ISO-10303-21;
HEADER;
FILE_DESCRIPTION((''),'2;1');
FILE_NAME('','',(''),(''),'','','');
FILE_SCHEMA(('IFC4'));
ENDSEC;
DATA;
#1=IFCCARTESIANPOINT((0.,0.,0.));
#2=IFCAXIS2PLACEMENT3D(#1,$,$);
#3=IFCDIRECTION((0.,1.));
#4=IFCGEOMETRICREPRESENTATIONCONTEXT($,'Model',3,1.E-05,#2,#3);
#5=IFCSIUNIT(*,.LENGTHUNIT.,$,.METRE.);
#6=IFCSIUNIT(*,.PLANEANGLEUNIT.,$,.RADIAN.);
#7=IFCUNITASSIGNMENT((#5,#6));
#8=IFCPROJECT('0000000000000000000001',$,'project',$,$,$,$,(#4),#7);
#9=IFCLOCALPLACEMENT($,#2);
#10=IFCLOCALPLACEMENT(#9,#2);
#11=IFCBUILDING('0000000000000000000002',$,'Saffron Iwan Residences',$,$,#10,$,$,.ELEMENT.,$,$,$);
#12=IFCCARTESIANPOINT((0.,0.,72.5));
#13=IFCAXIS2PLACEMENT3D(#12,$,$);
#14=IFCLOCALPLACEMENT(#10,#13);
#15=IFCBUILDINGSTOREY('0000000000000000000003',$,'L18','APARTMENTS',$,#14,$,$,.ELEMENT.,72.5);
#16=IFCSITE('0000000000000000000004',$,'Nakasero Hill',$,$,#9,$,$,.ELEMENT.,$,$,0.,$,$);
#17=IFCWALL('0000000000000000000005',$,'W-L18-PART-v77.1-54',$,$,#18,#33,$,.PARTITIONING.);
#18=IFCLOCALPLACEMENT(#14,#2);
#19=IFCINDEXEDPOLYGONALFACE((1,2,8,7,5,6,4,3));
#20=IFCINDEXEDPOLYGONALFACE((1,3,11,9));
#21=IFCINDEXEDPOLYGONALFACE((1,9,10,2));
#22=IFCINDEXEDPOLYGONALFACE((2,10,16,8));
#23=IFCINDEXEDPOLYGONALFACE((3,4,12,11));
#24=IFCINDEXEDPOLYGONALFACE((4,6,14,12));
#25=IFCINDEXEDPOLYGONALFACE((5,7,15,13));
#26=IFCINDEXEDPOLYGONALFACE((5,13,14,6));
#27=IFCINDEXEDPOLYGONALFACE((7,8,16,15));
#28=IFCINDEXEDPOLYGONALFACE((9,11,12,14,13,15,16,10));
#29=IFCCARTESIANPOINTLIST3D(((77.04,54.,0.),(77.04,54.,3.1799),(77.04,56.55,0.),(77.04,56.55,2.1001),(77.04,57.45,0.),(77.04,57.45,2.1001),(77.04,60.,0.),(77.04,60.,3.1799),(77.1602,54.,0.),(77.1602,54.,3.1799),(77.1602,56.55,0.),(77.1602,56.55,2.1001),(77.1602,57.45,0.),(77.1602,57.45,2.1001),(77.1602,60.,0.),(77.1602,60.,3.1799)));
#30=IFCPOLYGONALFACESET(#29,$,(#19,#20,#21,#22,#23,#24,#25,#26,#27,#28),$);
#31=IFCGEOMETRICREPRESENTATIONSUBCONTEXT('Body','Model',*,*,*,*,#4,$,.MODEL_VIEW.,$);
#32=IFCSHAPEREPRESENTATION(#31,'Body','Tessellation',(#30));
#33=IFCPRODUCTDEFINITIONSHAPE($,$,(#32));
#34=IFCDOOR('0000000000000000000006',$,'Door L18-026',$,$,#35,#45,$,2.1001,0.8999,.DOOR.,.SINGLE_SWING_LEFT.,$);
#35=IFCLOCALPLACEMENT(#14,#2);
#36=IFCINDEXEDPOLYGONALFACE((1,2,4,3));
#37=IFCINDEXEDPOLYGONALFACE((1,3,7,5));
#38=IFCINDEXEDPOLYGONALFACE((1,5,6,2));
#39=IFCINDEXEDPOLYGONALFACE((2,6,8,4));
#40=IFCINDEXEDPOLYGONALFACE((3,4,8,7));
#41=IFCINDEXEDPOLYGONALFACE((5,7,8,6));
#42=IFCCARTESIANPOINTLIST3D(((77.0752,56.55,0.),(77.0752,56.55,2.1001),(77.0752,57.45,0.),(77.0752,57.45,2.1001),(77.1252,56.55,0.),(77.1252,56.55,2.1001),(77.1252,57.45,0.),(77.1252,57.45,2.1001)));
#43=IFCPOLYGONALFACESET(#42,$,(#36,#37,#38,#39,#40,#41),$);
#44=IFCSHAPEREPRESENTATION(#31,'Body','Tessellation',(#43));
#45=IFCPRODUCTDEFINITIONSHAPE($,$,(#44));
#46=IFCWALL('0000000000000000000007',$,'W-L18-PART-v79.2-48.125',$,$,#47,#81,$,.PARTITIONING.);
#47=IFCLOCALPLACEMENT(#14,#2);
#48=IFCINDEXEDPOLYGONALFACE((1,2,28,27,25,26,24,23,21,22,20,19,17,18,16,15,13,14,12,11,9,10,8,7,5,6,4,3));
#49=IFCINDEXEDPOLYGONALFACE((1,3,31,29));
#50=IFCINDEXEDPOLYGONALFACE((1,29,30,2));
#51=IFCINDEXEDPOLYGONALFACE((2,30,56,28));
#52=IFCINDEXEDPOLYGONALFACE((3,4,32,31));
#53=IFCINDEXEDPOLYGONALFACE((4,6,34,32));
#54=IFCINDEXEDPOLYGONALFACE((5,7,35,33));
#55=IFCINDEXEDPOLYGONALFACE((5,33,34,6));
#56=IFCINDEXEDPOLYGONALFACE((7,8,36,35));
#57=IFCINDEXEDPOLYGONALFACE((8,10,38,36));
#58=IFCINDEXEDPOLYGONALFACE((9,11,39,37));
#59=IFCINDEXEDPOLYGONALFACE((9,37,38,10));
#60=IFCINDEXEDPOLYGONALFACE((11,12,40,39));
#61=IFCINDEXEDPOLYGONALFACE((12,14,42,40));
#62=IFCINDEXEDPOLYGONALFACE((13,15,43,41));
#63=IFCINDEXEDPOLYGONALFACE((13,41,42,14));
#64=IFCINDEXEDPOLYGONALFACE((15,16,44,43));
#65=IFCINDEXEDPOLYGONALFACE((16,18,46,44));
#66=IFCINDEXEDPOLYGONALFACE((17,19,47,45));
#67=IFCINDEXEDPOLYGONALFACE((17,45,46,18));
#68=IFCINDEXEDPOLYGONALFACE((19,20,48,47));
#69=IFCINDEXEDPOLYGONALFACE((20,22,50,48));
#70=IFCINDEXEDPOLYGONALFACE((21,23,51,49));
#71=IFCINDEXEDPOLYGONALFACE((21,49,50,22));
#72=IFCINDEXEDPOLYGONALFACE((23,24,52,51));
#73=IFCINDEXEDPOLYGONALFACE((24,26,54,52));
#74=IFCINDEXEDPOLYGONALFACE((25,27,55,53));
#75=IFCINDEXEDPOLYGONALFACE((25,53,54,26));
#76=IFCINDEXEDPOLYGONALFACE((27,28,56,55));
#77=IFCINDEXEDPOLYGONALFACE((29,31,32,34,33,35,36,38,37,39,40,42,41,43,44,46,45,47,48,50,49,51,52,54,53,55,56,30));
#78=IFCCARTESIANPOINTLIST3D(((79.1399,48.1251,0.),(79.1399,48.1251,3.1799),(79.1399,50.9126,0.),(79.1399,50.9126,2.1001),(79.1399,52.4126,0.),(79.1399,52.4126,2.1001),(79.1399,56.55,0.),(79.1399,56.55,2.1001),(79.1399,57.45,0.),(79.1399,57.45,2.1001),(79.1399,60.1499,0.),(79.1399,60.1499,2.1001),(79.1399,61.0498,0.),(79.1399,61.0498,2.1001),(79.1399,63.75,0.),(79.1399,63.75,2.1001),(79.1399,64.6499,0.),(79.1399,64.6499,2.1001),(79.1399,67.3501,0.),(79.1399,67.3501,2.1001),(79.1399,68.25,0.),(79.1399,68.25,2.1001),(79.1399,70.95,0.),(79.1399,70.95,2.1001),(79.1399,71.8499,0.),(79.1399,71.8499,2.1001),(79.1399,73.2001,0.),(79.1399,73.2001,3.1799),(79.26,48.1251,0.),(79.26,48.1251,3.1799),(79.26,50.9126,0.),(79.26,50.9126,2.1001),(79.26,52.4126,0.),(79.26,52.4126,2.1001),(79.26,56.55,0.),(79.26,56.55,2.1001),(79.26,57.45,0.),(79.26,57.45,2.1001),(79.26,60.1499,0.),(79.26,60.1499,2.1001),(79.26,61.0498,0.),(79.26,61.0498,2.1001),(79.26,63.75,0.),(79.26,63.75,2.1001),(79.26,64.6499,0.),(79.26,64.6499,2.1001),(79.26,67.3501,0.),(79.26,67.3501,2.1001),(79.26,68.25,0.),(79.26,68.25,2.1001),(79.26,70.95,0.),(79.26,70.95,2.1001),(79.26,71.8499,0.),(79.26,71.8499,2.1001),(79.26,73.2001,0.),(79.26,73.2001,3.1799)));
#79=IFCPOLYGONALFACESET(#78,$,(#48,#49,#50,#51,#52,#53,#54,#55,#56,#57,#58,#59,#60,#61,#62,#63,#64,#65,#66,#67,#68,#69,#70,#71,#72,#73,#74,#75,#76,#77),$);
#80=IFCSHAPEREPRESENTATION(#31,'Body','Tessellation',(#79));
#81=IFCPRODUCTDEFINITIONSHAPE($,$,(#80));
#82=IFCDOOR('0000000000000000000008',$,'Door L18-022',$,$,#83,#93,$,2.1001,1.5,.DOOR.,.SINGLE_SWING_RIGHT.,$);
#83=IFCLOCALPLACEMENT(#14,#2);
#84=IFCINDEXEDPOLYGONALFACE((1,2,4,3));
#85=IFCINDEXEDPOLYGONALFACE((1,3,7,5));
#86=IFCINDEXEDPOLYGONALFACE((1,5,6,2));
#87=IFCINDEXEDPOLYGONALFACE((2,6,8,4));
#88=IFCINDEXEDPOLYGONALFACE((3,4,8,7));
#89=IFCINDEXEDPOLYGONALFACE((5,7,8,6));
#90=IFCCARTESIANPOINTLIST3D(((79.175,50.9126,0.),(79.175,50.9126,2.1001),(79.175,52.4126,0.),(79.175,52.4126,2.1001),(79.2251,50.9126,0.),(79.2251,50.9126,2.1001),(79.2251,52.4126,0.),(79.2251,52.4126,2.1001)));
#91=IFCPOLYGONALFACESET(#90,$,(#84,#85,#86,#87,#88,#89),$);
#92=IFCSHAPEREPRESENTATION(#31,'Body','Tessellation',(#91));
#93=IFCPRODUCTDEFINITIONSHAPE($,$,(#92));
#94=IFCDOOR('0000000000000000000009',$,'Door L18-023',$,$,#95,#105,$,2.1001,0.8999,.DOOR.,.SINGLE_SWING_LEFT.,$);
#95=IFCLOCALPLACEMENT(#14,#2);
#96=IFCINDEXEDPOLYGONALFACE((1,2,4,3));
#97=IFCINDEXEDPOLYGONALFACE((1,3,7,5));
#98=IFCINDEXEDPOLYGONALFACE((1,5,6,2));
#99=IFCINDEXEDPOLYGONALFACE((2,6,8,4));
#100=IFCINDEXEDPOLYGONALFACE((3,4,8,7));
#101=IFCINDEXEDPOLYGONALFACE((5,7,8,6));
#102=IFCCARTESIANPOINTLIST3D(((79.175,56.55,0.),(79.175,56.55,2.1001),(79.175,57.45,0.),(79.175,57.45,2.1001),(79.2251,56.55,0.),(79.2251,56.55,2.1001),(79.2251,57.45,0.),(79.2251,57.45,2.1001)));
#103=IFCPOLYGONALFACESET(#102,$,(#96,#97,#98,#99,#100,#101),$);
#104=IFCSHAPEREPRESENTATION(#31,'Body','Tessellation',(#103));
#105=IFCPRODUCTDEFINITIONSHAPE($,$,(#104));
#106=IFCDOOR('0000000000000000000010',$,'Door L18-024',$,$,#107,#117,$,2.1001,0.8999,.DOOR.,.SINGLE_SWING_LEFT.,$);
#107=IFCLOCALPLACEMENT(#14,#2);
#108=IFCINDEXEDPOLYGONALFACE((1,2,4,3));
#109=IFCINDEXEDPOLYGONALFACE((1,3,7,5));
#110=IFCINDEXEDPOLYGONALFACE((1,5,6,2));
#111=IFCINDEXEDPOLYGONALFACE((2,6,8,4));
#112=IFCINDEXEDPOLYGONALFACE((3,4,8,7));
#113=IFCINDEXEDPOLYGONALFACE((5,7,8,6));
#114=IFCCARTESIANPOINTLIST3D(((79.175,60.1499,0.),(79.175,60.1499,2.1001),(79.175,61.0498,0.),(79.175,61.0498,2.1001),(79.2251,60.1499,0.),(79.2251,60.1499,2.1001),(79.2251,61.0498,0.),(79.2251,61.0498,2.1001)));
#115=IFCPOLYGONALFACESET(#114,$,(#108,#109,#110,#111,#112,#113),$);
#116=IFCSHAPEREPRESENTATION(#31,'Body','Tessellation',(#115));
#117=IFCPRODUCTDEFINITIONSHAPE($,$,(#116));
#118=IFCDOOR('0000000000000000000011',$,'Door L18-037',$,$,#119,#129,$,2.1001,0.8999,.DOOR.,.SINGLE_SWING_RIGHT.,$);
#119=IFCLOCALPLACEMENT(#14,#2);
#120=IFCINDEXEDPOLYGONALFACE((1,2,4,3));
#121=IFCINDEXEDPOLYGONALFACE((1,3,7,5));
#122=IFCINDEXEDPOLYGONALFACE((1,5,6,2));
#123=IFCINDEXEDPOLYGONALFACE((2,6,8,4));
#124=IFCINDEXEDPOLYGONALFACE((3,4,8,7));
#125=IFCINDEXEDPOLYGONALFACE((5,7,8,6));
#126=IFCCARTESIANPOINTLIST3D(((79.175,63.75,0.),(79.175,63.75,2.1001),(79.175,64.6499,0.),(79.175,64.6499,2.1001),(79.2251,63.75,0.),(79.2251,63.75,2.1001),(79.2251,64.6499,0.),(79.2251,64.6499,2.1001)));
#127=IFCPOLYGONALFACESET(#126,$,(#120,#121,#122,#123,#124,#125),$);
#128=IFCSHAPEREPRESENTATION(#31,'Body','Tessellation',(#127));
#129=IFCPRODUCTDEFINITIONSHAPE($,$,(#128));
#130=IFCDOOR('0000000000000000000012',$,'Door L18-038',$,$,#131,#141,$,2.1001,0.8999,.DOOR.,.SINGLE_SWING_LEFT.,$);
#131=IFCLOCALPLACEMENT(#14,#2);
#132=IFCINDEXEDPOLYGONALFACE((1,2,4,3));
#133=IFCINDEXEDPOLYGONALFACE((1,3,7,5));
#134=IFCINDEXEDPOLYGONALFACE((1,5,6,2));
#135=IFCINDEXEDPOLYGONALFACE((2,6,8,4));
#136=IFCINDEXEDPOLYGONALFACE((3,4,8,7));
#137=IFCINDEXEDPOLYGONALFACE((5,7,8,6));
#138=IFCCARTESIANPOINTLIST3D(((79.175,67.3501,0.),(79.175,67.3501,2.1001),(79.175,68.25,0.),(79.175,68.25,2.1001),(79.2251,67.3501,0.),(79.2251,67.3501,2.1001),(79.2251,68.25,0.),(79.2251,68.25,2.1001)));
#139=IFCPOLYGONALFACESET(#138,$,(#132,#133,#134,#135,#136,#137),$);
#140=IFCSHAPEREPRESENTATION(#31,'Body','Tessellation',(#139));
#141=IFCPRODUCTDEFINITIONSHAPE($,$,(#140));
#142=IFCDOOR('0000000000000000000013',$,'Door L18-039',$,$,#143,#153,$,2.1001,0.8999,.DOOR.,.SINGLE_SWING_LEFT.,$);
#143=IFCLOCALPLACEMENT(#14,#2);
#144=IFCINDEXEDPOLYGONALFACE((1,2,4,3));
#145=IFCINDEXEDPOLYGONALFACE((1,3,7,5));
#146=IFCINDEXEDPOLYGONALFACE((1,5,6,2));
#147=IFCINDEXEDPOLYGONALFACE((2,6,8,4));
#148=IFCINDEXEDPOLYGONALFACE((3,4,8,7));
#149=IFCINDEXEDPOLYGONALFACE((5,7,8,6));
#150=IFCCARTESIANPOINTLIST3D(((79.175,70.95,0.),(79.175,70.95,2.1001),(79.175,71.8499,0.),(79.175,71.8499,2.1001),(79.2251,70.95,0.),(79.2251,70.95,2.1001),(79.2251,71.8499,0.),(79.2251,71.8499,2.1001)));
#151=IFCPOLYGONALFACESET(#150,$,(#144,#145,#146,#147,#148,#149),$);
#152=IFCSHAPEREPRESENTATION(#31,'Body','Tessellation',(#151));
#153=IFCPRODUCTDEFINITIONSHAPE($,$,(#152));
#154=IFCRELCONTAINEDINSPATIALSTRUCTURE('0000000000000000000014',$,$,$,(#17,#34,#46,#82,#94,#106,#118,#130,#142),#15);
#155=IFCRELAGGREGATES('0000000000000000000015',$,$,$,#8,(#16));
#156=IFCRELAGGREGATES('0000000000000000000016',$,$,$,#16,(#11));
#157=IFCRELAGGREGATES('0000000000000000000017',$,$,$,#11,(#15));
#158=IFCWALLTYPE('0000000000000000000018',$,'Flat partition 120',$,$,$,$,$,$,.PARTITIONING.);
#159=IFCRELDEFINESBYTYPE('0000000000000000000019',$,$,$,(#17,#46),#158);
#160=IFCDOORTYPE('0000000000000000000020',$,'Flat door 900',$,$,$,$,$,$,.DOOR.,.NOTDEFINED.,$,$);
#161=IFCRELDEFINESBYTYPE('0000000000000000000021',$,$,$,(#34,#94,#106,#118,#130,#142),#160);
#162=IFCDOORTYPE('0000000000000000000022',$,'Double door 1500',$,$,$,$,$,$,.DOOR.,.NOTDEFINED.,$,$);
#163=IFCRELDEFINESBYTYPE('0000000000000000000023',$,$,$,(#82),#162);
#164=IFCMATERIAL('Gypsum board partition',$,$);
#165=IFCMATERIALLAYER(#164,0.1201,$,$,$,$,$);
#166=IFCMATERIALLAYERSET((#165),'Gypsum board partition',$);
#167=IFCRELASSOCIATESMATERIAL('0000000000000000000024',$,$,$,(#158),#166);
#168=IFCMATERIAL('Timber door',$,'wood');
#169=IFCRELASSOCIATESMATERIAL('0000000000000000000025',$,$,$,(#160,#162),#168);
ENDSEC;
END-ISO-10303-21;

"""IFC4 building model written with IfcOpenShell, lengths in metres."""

from ifc_helpers import new_model, si_unit, direction, frame, frame_2d, origin, place, context, subcontext, project, spatial, rectangle, extrude, material, layer, layer_set, type_object, element, fill, save


model = new_model("IFC4")

# Units and contexts
model_context = context("Model", 3, precision=1e-05, world=origin(), true_north=direction((0.0, 1.0)))
body_context = subcontext(model_context, "Body", "Model", "MODEL_VIEW")
ifc_project = project(units=[si_unit("LENGTHUNIT", "METRE"), si_unit("PLANEANGLEUNIT", "RADIAN")], contexts=[model_context])

# Site, building, storey
site_placement = place(None, origin())
site = spatial("IfcSite", under=ifc_project, at=site_placement, Name="Nakasero Hill", CompositionType="ELEMENT", RefElevation=0.0)
building_placement = place(site_placement, origin())
building = spatial("IfcBuilding", under=site, at=building_placement, Name="Saffron Iwan Residences", CompositionType="ELEMENT")
storey_placement = place(building_placement, frame((0.0, 0.0, 72.5)))
storey = spatial("IfcBuildingStorey", under=building, at=storey_placement, Name="L18", Description="APARTMENTS", CompositionType="ELEMENT", Elevation=72.5)

# Shared definitions
ifc_material_1 = material(Name="Gypsum board partition")
ifc_layer_1 = layer(ifc_material_1, 0.1201)
ifc_layer_set_1 = layer_set([ifc_layer_1], Name="Gypsum board partition")
wall_type_1 = type_object("IfcWallType", Name="Flat partition 120", PredefinedType="PARTITIONING", material=ifc_layer_set_1)

# Wall, opening, door
wall_1_placement = place(storey_placement, frame((77.1001, 54.0, 0.0), z_axis=(0.0, 0.0, 1.0), x_axis=(0.0, 1.0, 0.0)))
wall_1 = element("IfcWall", 1, at=wall_1_placement, inside=storey, type_object=wall_type_1, Name="W-L18-PART-v77.1-54", PredefinedType="PARTITIONING", context=body_context, shape_type="SweptSolid", body=[
    extrude(rectangle(XDim=6.0, YDim=0.1201, at=frame_2d((3.0, 0.0))), origin(), (0.0, 0.0, 1.0), 3.1799),
])
opening_1_placement = place(wall_1_placement, frame((2.55, 0.0, 0.0)))
opening_1 = element("IfcOpeningElement", 2, at=opening_1_placement, cuts=wall_1, PredefinedType="OPENING", context=body_context, shape_type="SweptSolid", body=[
    extrude(rectangle(XDim=0.8999, YDim=2.1001, at=frame_2d((0.45, 1.05))), frame((0.0, 0.0701, 0.0), z_axis=(0.0, -1.0, 0.0), x_axis=(1.0, 0.0, 0.0)), (0.0, 0.0, 1.0), 0.1401),
])
ifc_material_2 = material(Name="Timber door", Category="wood")
door_type_1 = type_object("IfcDoorType", Name="Flat door 900", OperationType="NOTDEFINED", PredefinedType="DOOR", material=ifc_material_2)
door_1_placement = place(opening_1_placement, origin())
door_1 = element("IfcDoor", 3, at=door_1_placement, inside=storey, type_object=door_type_1, Name="Door L18-026", OperationType="SINGLE_SWING_LEFT", OverallHeight=2.1001, OverallWidth=0.8999, PredefinedType="DOOR", context=body_context, shape_type="SweptSolid", body=[
    extrude(rectangle(XDim=0.8999, YDim=2.1001, at=frame_2d((0.45, 1.05))), frame((0.0, 0.0249, 0.0), z_axis=(0.0, -1.0, 0.0), x_axis=(1.0, 0.0, 0.0)), (0.0, 0.0, 1.0), 0.05),
])
fill(opening_1, door_1)

# Wall, openings, doors
wall_2_placement = place(storey_placement, frame((79.2, 48.125, 0.0), z_axis=(0.0, 0.0, 1.0), x_axis=(0.0, 1.0, 0.0)))
wall_2 = element("IfcWall", 4, at=wall_2_placement, inside=storey, type_object=wall_type_1, Name="W-L18-PART-v79.2-48.125", PredefinedType="PARTITIONING", context=body_context, shape_type="SweptSolid", body=[
    extrude(rectangle(XDim=25.075, YDim=0.1201, at=frame_2d((12.5376, 0.0))), origin(), (0.0, 0.0, 1.0), 3.1799),
])
opening_2_placement = place(wall_2_placement, frame((2.7876, 0.0, 0.0)))
opening_2 = element("IfcOpeningElement", 5, at=opening_2_placement, cuts=wall_2, PredefinedType="OPENING", context=body_context, shape_type="SweptSolid", body=[
    extrude(rectangle(XDim=1.5, YDim=2.1001, at=frame_2d((0.75, 1.05))), frame((0.0, 0.0701, 0.0), z_axis=(0.0, -1.0, 0.0), x_axis=(1.0, 0.0, 0.0)), (0.0, 0.0, 1.0), 0.1401),
])
opening_3_placement = place(wall_2_placement, frame((8.425, 0.0, 0.0)))
opening_3 = element("IfcOpeningElement", 6, at=opening_3_placement, cuts=wall_2, PredefinedType="OPENING", context=body_context, shape_type="SweptSolid", body=[
    extrude(rectangle(XDim=0.8999, YDim=2.1001, at=frame_2d((0.45, 1.05))), frame((0.0, 0.0701, 0.0), z_axis=(0.0, -1.0, 0.0), x_axis=(1.0, 0.0, 0.0)), (0.0, 0.0, 1.0), 0.1401),
])
opening_4_placement = place(wall_2_placement, frame((12.0249, 0.0, 0.0)))
opening_4 = element("IfcOpeningElement", 7, at=opening_4_placement, cuts=wall_2, PredefinedType="OPENING", context=body_context, shape_type="SweptSolid", body=[
    extrude(rectangle(XDim=0.8999, YDim=2.1001, at=frame_2d((0.45, 1.05))), frame((0.0, 0.0701, 0.0), z_axis=(0.0, -1.0, 0.0), x_axis=(1.0, 0.0, 0.0)), (0.0, 0.0, 1.0), 0.1401),
])
opening_5_placement = place(wall_2_placement, frame((15.625, 0.0, 0.0)))
opening_5 = element("IfcOpeningElement", 8, at=opening_5_placement, cuts=wall_2, PredefinedType="OPENING", context=body_context, shape_type="SweptSolid", body=[
    extrude(rectangle(XDim=0.8999, YDim=2.1001, at=frame_2d((0.45, 1.05))), frame((0.0, 0.0701, 0.0), z_axis=(0.0, -1.0, 0.0), x_axis=(1.0, 0.0, 0.0)), (0.0, 0.0, 1.0), 0.1401),
])
opening_6_placement = place(wall_2_placement, frame((19.2251, 0.0, 0.0)))
opening_6 = element("IfcOpeningElement", 9, at=opening_6_placement, cuts=wall_2, PredefinedType="OPENING", context=body_context, shape_type="SweptSolid", body=[
    extrude(rectangle(XDim=0.8999, YDim=2.1001, at=frame_2d((0.45, 1.05))), frame((0.0, 0.0701, 0.0), z_axis=(0.0, -1.0, 0.0), x_axis=(1.0, 0.0, 0.0)), (0.0, 0.0, 1.0), 0.1401),
])
opening_7_placement = place(wall_2_placement, frame((22.825, 0.0, 0.0)))
opening_7 = element("IfcOpeningElement", 10, at=opening_7_placement, cuts=wall_2, PredefinedType="OPENING", context=body_context, shape_type="SweptSolid", body=[
    extrude(rectangle(XDim=0.8999, YDim=2.1001, at=frame_2d((0.45, 1.05))), frame((0.0, 0.0701, 0.0), z_axis=(0.0, -1.0, 0.0), x_axis=(1.0, 0.0, 0.0)), (0.0, 0.0, 1.0), 0.1401),
])
door_type_2 = type_object("IfcDoorType", Name="Double door 1500", OperationType="NOTDEFINED", PredefinedType="DOOR", material=ifc_material_2)
door_2_placement = place(opening_2_placement, origin())
door_2 = element("IfcDoor", 11, at=door_2_placement, inside=storey, type_object=door_type_2, Name="Door L18-022", OperationType="SINGLE_SWING_RIGHT", OverallHeight=2.1001, OverallWidth=1.5, PredefinedType="DOOR", context=body_context, shape_type="SweptSolid", body=[
    extrude(rectangle(XDim=1.5, YDim=2.1001, at=frame_2d((0.75, 1.05))), frame((0.0, 0.0249, 0.0), z_axis=(0.0, -1.0, 0.0), x_axis=(1.0, 0.0, 0.0)), (0.0, 0.0, 1.0), 0.05),
])
fill(opening_2, door_2)
door_3_placement = place(opening_3_placement, origin())
door_3 = element("IfcDoor", 12, at=door_3_placement, inside=storey, type_object=door_type_1, Name="Door L18-023", OperationType="SINGLE_SWING_LEFT", OverallHeight=2.1001, OverallWidth=0.8999, PredefinedType="DOOR", context=body_context, shape_type="SweptSolid", body=[
    extrude(rectangle(XDim=0.8999, YDim=2.1001, at=frame_2d((0.45, 1.05))), frame((0.0, 0.0249, 0.0), z_axis=(0.0, -1.0, 0.0), x_axis=(1.0, 0.0, 0.0)), (0.0, 0.0, 1.0), 0.05),
])
fill(opening_3, door_3)
door_4_placement = place(opening_4_placement, origin())
door_4 = element("IfcDoor", 13, at=door_4_placement, inside=storey, type_object=door_type_1, Name="Door L18-024", OperationType="SINGLE_SWING_LEFT", OverallHeight=2.1001, OverallWidth=0.8999, PredefinedType="DOOR", context=body_context, shape_type="SweptSolid", body=[
    extrude(rectangle(XDim=0.8999, YDim=2.1001, at=frame_2d((0.45, 1.05))), frame((0.0, 0.0249, 0.0), z_axis=(0.0, -1.0, 0.0), x_axis=(1.0, 0.0, 0.0)), (0.0, 0.0, 1.0), 0.05),
])
fill(opening_4, door_4)
door_5_placement = place(opening_5_placement, origin())
door_5 = element("IfcDoor", 14, at=door_5_placement, inside=storey, type_object=door_type_1, Name="Door L18-037", OperationType="SINGLE_SWING_RIGHT", OverallHeight=2.1001, OverallWidth=0.8999, PredefinedType="DOOR", context=body_context, shape_type="SweptSolid", body=[
    extrude(rectangle(XDim=0.8999, YDim=2.1001, at=frame_2d((0.45, 1.05))), frame((0.0, 0.0249, 0.0), z_axis=(0.0, -1.0, 0.0), x_axis=(1.0, 0.0, 0.0)), (0.0, 0.0, 1.0), 0.05),
])
fill(opening_5, door_5)
door_6_placement = place(opening_6_placement, origin())
door_6 = element("IfcDoor", 15, at=door_6_placement, inside=storey, type_object=door_type_1, Name="Door L18-038", OperationType="SINGLE_SWING_LEFT", OverallHeight=2.1001, OverallWidth=0.8999, PredefinedType="DOOR", context=body_context, shape_type="SweptSolid", body=[
    extrude(rectangle(XDim=0.8999, YDim=2.1001, at=frame_2d((0.45, 1.05))), frame((0.0, 0.0249, 0.0), z_axis=(0.0, -1.0, 0.0), x_axis=(1.0, 0.0, 0.0)), (0.0, 0.0, 1.0), 0.05),
])
fill(opening_6, door_6)
door_7_placement = place(opening_7_placement, origin())
door_7 = element("IfcDoor", 16, at=door_7_placement, inside=storey, type_object=door_type_1, Name="Door L18-039", OperationType="SINGLE_SWING_LEFT", OverallHeight=2.1001, OverallWidth=0.8999, PredefinedType="DOOR", context=body_context, shape_type="SweptSolid", body=[
    extrude(rectangle(XDim=0.8999, YDim=2.1001, at=frame_2d((0.45, 1.05))), frame((0.0, 0.0249, 0.0), z_axis=(0.0, -1.0, 0.0), x_axis=(1.0, 0.0, 0.0)), (0.0, 0.0, 1.0), 0.05),
])
fill(opening_7, door_7)

save(model, "model.ifc")
